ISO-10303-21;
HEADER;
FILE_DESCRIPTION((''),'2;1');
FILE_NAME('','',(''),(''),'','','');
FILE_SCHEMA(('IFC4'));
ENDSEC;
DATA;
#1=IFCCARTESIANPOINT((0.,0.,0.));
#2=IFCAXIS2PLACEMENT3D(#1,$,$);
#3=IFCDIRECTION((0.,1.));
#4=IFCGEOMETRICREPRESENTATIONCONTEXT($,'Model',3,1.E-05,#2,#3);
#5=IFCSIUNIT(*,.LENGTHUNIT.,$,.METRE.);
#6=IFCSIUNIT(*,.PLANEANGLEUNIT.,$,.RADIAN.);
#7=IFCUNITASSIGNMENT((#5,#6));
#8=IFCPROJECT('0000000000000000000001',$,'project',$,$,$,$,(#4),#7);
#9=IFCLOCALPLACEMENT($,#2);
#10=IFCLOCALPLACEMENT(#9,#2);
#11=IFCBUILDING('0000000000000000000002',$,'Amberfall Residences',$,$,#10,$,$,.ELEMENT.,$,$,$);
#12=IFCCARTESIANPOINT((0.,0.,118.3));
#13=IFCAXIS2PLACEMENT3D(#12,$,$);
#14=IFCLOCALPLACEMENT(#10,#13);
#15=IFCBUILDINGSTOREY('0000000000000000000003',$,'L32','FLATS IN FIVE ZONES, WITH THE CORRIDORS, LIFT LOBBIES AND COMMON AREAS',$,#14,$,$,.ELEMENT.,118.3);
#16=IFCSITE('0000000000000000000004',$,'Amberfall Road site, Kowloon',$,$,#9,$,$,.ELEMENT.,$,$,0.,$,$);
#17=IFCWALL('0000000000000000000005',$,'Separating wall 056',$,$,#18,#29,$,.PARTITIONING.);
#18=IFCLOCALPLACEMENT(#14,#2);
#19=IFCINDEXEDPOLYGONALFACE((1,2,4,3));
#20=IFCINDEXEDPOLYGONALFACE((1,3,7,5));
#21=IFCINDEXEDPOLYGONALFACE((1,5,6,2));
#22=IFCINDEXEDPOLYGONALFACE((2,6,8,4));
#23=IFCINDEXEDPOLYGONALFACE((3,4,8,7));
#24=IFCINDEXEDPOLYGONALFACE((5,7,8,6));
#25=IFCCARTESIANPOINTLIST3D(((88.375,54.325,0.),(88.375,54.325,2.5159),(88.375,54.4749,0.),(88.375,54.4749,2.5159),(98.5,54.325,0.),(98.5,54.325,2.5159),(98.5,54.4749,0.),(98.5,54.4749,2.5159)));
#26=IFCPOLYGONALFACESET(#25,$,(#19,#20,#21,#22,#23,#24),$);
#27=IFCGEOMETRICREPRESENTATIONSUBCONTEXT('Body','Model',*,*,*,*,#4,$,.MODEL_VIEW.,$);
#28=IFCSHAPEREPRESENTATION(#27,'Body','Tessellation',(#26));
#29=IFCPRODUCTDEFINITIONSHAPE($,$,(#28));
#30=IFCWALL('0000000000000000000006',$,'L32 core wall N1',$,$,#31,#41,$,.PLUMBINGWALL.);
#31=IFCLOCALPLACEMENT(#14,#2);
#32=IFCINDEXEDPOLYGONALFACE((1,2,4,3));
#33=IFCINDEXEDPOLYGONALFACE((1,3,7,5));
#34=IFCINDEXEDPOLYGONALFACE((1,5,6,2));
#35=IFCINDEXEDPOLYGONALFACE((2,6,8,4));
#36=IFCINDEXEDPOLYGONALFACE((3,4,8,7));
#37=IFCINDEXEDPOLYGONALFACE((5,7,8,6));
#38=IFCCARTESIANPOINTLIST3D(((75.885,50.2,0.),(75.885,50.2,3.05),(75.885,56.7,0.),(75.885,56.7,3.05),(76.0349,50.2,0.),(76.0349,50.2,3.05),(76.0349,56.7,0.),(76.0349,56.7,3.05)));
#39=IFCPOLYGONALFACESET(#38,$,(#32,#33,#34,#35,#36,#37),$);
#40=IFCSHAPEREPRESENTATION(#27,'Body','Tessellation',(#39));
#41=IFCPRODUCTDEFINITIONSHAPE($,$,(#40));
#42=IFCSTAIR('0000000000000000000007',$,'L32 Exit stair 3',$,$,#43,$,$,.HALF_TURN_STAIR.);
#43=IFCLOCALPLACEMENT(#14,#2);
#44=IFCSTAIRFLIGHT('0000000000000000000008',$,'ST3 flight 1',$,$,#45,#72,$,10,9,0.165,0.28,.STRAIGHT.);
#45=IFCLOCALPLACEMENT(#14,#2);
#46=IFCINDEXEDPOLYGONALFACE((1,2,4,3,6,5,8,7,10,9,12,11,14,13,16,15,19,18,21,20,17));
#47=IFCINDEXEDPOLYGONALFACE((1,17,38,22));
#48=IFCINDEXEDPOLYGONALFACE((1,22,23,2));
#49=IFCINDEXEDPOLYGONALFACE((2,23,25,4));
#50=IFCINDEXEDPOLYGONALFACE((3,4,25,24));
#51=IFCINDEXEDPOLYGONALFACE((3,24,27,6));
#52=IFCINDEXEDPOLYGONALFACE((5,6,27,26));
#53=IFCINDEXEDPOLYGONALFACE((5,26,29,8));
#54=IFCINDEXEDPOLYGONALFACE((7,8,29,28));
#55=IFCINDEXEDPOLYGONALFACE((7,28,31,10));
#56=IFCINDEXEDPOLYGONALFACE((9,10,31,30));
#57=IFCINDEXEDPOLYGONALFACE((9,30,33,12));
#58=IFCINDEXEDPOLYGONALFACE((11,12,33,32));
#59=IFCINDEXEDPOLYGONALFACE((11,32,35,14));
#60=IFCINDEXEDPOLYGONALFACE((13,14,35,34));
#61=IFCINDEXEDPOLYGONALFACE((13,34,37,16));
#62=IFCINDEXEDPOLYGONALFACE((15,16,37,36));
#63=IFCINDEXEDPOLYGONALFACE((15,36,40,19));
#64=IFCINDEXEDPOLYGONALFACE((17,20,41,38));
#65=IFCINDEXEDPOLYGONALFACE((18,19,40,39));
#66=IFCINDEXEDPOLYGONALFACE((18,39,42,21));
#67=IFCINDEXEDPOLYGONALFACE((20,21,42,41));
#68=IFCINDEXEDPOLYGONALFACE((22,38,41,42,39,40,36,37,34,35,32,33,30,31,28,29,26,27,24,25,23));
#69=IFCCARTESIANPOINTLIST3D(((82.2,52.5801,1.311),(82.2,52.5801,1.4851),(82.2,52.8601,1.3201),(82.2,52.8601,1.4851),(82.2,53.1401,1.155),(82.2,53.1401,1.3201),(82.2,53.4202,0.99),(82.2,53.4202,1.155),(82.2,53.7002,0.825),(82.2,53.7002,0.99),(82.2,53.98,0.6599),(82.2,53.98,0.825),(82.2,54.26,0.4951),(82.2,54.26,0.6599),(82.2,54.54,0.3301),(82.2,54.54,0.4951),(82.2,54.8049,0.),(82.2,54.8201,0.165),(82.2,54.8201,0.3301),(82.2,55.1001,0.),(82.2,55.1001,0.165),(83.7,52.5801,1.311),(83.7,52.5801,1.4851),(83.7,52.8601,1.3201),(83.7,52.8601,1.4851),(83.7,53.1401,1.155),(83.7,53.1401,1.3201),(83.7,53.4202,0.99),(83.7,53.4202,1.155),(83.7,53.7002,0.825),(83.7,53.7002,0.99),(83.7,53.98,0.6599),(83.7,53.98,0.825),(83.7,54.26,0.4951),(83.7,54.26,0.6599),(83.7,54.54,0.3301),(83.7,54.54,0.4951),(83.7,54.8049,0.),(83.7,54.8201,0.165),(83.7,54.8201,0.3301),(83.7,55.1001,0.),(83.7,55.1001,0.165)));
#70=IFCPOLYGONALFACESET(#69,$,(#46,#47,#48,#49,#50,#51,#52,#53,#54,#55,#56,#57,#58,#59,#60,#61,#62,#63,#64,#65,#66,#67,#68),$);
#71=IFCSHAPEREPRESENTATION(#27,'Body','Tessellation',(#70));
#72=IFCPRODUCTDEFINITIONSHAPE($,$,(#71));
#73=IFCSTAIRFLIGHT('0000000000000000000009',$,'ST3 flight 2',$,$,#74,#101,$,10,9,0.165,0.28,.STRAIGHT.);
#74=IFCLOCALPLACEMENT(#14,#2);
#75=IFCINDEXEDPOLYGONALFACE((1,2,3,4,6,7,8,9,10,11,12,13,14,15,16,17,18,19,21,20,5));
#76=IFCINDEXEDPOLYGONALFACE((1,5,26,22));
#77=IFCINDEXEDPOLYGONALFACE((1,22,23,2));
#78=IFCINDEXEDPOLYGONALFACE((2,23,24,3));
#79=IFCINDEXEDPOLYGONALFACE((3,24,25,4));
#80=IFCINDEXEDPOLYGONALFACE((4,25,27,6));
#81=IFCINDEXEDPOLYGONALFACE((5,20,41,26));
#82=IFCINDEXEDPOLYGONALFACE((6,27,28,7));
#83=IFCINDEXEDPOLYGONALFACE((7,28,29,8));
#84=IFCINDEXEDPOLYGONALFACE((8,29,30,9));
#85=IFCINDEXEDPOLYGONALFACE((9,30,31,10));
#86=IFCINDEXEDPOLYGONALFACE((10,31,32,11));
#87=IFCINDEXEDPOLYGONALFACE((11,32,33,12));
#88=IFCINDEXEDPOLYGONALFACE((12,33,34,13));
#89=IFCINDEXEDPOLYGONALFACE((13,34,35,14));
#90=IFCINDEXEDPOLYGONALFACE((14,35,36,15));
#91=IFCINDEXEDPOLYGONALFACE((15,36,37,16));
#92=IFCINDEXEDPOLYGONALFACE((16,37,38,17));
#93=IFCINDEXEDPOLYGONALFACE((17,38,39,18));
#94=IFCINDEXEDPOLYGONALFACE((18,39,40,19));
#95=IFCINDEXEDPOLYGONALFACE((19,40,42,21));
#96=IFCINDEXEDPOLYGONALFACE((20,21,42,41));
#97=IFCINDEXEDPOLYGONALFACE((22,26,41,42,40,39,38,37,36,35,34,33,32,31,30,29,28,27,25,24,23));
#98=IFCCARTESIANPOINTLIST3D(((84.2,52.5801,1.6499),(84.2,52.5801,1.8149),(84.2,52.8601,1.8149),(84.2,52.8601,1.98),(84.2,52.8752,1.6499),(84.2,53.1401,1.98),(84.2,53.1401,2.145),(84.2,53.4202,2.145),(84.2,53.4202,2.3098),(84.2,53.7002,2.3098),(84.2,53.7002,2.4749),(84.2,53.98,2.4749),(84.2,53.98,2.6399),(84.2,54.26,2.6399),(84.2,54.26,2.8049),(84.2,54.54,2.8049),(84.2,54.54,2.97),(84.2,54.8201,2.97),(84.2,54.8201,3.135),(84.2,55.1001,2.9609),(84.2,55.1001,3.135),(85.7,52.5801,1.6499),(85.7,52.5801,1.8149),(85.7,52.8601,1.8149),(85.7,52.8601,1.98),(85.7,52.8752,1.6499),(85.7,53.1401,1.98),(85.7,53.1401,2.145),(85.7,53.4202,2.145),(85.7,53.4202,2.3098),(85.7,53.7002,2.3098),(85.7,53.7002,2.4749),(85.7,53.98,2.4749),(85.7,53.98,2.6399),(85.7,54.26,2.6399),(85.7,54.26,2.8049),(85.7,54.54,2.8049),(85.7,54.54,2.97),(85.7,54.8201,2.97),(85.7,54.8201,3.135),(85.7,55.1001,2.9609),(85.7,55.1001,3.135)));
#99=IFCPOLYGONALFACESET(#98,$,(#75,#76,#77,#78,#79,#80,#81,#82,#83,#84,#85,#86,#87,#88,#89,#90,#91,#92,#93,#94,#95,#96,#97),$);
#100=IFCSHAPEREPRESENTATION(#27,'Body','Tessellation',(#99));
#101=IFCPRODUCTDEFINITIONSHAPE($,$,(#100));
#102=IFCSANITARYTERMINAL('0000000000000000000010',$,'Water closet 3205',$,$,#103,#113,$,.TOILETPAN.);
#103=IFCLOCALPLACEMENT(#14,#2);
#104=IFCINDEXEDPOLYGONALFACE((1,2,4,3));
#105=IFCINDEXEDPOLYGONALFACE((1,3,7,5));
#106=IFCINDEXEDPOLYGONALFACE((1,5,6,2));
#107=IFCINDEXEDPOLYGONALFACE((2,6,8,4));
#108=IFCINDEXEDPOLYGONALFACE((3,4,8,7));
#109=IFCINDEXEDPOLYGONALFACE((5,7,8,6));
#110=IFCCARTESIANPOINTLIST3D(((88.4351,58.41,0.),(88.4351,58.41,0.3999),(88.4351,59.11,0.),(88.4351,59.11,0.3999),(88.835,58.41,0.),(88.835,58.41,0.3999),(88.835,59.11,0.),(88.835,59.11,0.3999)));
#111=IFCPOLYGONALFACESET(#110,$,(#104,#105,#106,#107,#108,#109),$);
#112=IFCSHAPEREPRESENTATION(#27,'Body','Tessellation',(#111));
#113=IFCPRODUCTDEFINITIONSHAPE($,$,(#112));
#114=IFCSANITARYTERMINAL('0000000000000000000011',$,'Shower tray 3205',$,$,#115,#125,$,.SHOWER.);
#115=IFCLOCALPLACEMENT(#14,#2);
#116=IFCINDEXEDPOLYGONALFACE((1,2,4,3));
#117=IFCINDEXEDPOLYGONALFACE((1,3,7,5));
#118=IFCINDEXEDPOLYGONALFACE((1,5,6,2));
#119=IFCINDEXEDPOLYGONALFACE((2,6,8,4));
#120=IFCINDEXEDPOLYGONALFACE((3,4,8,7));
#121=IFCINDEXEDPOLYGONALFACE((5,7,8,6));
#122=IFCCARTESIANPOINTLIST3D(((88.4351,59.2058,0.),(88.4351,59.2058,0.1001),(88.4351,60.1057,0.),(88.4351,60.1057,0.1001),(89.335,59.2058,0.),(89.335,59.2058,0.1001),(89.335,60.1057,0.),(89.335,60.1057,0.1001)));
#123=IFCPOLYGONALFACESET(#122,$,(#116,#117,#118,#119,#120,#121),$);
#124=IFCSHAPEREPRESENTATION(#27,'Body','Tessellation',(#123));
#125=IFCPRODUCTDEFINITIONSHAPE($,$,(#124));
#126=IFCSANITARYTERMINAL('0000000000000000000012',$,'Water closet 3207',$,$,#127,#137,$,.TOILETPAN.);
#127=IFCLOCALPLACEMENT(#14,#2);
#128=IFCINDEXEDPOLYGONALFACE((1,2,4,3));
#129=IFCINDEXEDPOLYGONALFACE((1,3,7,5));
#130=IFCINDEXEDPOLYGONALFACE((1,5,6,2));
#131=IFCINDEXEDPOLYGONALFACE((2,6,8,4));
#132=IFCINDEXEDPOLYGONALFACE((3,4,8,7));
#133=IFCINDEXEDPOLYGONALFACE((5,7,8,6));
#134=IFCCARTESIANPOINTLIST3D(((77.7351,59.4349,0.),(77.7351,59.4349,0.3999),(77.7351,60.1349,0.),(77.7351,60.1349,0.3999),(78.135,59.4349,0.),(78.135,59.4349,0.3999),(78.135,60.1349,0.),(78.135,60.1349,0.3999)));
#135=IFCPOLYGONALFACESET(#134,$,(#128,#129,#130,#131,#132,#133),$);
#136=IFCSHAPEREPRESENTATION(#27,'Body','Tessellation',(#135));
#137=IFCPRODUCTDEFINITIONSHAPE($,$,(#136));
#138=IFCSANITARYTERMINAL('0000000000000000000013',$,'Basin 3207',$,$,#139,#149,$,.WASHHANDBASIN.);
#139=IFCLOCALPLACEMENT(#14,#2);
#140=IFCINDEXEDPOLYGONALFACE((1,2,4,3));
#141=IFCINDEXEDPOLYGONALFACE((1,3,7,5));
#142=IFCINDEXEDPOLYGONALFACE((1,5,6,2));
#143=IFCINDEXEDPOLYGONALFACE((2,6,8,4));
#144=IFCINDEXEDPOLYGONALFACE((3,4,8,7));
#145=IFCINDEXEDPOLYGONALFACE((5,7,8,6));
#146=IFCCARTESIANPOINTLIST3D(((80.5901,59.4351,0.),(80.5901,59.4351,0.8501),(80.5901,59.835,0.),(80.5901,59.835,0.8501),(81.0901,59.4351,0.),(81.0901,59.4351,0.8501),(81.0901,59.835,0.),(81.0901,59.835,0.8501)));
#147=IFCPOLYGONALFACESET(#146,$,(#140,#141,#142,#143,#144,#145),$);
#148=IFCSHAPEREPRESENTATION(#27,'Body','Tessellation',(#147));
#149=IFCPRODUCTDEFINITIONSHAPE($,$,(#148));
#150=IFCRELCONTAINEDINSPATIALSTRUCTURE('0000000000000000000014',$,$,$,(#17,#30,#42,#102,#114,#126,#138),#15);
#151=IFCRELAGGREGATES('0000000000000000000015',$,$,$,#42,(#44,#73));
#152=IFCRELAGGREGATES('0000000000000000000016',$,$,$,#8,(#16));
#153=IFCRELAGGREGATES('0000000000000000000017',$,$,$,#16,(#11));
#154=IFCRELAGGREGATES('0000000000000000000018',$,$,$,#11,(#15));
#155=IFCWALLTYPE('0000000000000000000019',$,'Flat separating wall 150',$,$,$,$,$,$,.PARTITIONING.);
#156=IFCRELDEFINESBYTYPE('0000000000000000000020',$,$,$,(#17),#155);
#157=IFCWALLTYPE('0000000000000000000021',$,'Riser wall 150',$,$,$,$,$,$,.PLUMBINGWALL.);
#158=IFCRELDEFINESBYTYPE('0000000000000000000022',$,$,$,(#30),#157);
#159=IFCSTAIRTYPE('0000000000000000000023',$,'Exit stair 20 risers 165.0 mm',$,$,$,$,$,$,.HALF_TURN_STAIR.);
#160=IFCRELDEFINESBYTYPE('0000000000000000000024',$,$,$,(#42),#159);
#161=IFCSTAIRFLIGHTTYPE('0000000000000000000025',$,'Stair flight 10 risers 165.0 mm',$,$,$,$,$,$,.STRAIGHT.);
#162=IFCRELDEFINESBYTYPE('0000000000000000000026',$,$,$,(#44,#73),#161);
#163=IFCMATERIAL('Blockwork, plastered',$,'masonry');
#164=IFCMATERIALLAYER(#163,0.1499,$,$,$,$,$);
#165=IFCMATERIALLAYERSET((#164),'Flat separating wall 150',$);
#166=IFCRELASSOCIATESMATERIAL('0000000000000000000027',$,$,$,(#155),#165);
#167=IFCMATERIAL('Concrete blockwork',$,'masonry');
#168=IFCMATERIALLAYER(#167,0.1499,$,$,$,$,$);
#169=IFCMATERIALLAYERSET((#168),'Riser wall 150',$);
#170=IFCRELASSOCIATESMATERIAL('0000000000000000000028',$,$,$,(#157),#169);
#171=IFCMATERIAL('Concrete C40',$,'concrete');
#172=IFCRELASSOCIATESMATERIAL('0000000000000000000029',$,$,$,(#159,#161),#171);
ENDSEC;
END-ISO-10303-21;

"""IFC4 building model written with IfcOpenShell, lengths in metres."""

from ifc_helpers import new_model, si_unit, direction, frame, frame_2d, origin, origin_2d, place, context, subcontext, project, spatial, polyline, rectangle, outline, extrude, material, layer, layer_set, type_object, element, aggregate, save


model = new_model("IFC4")

# Units and contexts
model_context = context("Model", 3, precision=1e-05, world=origin(), true_north=direction((0.0, 1.0)))
body_context = subcontext(model_context, "Body", "Model", "MODEL_VIEW")
ifc_project = project(units=[si_unit("LENGTHUNIT", "METRE"), si_unit("PLANEANGLEUNIT", "RADIAN")], contexts=[model_context])

# Site, building, storey
site_placement = place(None, origin())
site = spatial("IfcSite", under=ifc_project, at=site_placement, Name="Amberfall Road site, Kowloon", CompositionType="ELEMENT", RefElevation=0.0)
building_placement = place(site_placement, origin())
building = spatial("IfcBuilding", under=site, at=building_placement, Name="Amberfall Residences", CompositionType="ELEMENT")
storey_placement = place(building_placement, frame((0.0, 0.0, 118.3)))
storey = spatial("IfcBuildingStorey", under=building, at=storey_placement, Name="L32", Description="FLATS IN FIVE ZONES, WITH THE CORRIDORS, LIFT LOBBIES AND COMMON AREAS", CompositionType="ELEMENT", Elevation=118.3)

# Walls
ifc_material_1 = material(Name="Blockwork, plastered", Category="masonry")
ifc_layer_1 = layer(ifc_material_1, 0.1499)
ifc_layer_set_1 = layer_set([ifc_layer_1], Name="Flat separating wall 150")
wall_type_1 = type_object("IfcWallType", Name="Flat separating wall 150", PredefinedType="PARTITIONING", material=ifc_layer_set_1)
wall_1_placement = place(storey_placement, frame((88.375, 54.3999, 0.0), z_axis=(0.0, 0.0, 1.0), x_axis=(1.0, 0.0, 0.0)))
element("IfcWall", 1, at=wall_1_placement, inside=storey, type_object=wall_type_1, Name="Separating wall 056", PredefinedType="PARTITIONING", context=body_context, shape_type="SweptSolid", body=[
    extrude(rectangle(XDim=10.125, YDim=0.1499, at=frame_2d((5.0625, 0.0))), origin(), (0.0, 0.0, 1.0), 2.5159),
])
ifc_material_2 = material(Name="Concrete blockwork", Category="masonry")
ifc_layer_2 = layer(ifc_material_2, 0.1499)
ifc_layer_set_2 = layer_set([ifc_layer_2], Name="Riser wall 150")
wall_type_2 = type_object("IfcWallType", Name="Riser wall 150", PredefinedType="PLUMBINGWALL", material=ifc_layer_set_2)
wall_2_placement = place(storey_placement, frame((75.96, 50.2, 0.0), z_axis=(0.0, 0.0, 1.0), x_axis=(0.0, 1.0, 0.0)))
element("IfcWall", 2, at=wall_2_placement, inside=storey, type_object=wall_type_2, Name="L32 core wall N1", PredefinedType="PLUMBINGWALL", context=body_context, shape_type="SweptSolid", body=[
    extrude(rectangle(XDim=6.5, YDim=0.1499, at=frame_2d((3.25, 0.0))), origin(), (0.0, 0.0, 1.0), 3.05),
])

# Stair, stair flights
ifc_material_3 = material(Name="Concrete C40", Category="concrete")
stair_type = type_object("IfcStairType", Name="Exit stair 20 risers 165.0 mm", PredefinedType="HALF_TURN_STAIR", material=ifc_material_3)
stair_placement = place(storey_placement, origin())
stair = element("IfcStair", 3, at=stair_placement, inside=storey, type_object=stair_type, Name="L32 Exit stair 3", PredefinedType="HALF_TURN_STAIR")
stair_flight_type = type_object("IfcStairFlightType", Name="Stair flight 10 risers 165.0 mm", PredefinedType="STRAIGHT", material=ifc_material_3)
stair_flight_1_placement = place(storey_placement, frame((82.95, 55.1001, 0.0), z_axis=(0.0, 0.0, 1.0), x_axis=(0.0, -1.0, 0.0)))
stair_flight_1 = element("IfcStairFlight", 4, at=stair_flight_1_placement, type_object=stair_flight_type, Name="ST3 flight 1", NumberOfRisers=10, NumberOfTreads=9, PredefinedType="STRAIGHT", RiserHeight=0.165, TreadLength=0.28, context=body_context, shape_type="SweptSolid", body=[
    extrude(outline(polyline([(0.0, 0.0), (0.0, 0.165), (0.28, 0.165), (0.28, 0.3301), (0.5601, 0.3301), (0.5601, 0.4951), (0.8401, 0.4951), (0.8401, 0.6599), (1.1201, 0.6599), (1.1201, 0.825), (1.3999, 0.825), (1.3999, 0.99), (1.6799, 0.99), (1.6799, 1.155), (1.96, 1.155), (1.96, 1.3201), (2.24, 1.3201), (2.24, 1.4851), (2.52, 1.4851), (2.52, 1.6499), (2.52, 1.311), (0.2952, 0.0), (0.0, 0.0)])), frame((0.0, 0.75, 0.0), z_axis=(0.0, -1.0, 0.0), x_axis=(1.0, 0.0, 0.0)), (0.0, 0.0, 1.0), 1.5),
])
stair_flight_2_placement = place(storey_placement, frame((84.95, 52.5801, 1.6499), z_axis=(0.0, 0.0, 1.0), x_axis=(0.0, 1.0, 0.0)))
stair_flight_2 = element("IfcStairFlight", 5, at=stair_flight_2_placement, type_object=stair_flight_type, Name="ST3 flight 2", NumberOfRisers=10, NumberOfTreads=9, PredefinedType="STRAIGHT", RiserHeight=0.165, TreadLength=0.28, context=body_context, shape_type="SweptSolid", body=[
    extrude(outline(polyline([(0.0, 0.0), (0.0, 0.165), (0.28, 0.165), (0.28, 0.3301), (0.5601, 0.3301), (0.5601, 0.4951), (0.8401, 0.4951), (0.8401, 0.6599), (1.1201, 0.6599), (1.1201, 0.825), (1.3999, 0.825), (1.3999, 0.99), (1.6799, 0.99), (1.6799, 1.155), (1.96, 1.155), (1.96, 1.3201), (2.24, 1.3201), (2.24, 1.4851), (2.52, 1.4851), (2.52, 1.6499), (2.52, 1.311), (0.2952, 0.0), (0.0, 0.0)])), frame((0.0, 0.75, 0.0), z_axis=(0.0, -1.0, 0.0), x_axis=(1.0, 0.0, 0.0)), (0.0, 0.0, 1.0), 1.5),
])
aggregate(stair, [stair_flight_1, stair_flight_2])

# Sanitary terminals
sanitary_terminal_1_placement = place(storey_placement, frame((88.635, 58.76, 0.0), z_axis=(0.0, 0.0, 1.0), x_axis=(1.0, 0.0, 0.0)))
element("IfcSanitaryTerminal", 6, at=sanitary_terminal_1_placement, inside=storey, Name="Water closet 3205", PredefinedType="TOILETPAN", context=body_context, shape_type="SweptSolid", body=[
    extrude(rectangle(XDim=0.3999, YDim=0.7, at=origin_2d()), origin(), (0.0, 0.0, 1.0), 0.3999),
])
sanitary_terminal_2_placement = place(storey_placement, frame((88.885, 59.6558, 0.0), z_axis=(0.0, 0.0, 1.0), x_axis=(1.0, 0.0, 0.0)))
element("IfcSanitaryTerminal", 7, at=sanitary_terminal_2_placement, inside=storey, Name="Shower tray 3205", PredefinedType="SHOWER", context=body_context, shape_type="SweptSolid", body=[
    extrude(rectangle(XDim=0.8999, YDim=0.8999, at=origin_2d()), origin(), (0.0, 0.0, 1.0), 0.1001),
])
sanitary_terminal_3_placement = place(storey_placement, frame((77.9351, 59.7849, 0.0), z_axis=(0.0, 0.0, 1.0), x_axis=(1.0, 0.0, 0.0)))
element("IfcSanitaryTerminal", 8, at=sanitary_terminal_3_placement, inside=storey, Name="Water closet 3207", PredefinedType="TOILETPAN", context=body_context, shape_type="SweptSolid", body=[
    extrude(rectangle(XDim=0.3999, YDim=0.7, at=origin_2d()), origin(), (0.0, 0.0, 1.0), 0.3999),
])
sanitary_terminal_4_placement = place(storey_placement, frame((80.8401, 59.635, 0.0), z_axis=(0.0, 0.0, 1.0), x_axis=(1.0, 0.0, 0.0)))
element("IfcSanitaryTerminal", 9, at=sanitary_terminal_4_placement, inside=storey, Name="Basin 3207", PredefinedType="WASHHANDBASIN", context=body_context, shape_type="SweptSolid", body=[
    extrude(rectangle(XDim=0.5, YDim=0.3999, at=origin_2d()), origin(), (0.0, 0.0, 1.0), 0.8501),
])

save(model, "model.ifc")
